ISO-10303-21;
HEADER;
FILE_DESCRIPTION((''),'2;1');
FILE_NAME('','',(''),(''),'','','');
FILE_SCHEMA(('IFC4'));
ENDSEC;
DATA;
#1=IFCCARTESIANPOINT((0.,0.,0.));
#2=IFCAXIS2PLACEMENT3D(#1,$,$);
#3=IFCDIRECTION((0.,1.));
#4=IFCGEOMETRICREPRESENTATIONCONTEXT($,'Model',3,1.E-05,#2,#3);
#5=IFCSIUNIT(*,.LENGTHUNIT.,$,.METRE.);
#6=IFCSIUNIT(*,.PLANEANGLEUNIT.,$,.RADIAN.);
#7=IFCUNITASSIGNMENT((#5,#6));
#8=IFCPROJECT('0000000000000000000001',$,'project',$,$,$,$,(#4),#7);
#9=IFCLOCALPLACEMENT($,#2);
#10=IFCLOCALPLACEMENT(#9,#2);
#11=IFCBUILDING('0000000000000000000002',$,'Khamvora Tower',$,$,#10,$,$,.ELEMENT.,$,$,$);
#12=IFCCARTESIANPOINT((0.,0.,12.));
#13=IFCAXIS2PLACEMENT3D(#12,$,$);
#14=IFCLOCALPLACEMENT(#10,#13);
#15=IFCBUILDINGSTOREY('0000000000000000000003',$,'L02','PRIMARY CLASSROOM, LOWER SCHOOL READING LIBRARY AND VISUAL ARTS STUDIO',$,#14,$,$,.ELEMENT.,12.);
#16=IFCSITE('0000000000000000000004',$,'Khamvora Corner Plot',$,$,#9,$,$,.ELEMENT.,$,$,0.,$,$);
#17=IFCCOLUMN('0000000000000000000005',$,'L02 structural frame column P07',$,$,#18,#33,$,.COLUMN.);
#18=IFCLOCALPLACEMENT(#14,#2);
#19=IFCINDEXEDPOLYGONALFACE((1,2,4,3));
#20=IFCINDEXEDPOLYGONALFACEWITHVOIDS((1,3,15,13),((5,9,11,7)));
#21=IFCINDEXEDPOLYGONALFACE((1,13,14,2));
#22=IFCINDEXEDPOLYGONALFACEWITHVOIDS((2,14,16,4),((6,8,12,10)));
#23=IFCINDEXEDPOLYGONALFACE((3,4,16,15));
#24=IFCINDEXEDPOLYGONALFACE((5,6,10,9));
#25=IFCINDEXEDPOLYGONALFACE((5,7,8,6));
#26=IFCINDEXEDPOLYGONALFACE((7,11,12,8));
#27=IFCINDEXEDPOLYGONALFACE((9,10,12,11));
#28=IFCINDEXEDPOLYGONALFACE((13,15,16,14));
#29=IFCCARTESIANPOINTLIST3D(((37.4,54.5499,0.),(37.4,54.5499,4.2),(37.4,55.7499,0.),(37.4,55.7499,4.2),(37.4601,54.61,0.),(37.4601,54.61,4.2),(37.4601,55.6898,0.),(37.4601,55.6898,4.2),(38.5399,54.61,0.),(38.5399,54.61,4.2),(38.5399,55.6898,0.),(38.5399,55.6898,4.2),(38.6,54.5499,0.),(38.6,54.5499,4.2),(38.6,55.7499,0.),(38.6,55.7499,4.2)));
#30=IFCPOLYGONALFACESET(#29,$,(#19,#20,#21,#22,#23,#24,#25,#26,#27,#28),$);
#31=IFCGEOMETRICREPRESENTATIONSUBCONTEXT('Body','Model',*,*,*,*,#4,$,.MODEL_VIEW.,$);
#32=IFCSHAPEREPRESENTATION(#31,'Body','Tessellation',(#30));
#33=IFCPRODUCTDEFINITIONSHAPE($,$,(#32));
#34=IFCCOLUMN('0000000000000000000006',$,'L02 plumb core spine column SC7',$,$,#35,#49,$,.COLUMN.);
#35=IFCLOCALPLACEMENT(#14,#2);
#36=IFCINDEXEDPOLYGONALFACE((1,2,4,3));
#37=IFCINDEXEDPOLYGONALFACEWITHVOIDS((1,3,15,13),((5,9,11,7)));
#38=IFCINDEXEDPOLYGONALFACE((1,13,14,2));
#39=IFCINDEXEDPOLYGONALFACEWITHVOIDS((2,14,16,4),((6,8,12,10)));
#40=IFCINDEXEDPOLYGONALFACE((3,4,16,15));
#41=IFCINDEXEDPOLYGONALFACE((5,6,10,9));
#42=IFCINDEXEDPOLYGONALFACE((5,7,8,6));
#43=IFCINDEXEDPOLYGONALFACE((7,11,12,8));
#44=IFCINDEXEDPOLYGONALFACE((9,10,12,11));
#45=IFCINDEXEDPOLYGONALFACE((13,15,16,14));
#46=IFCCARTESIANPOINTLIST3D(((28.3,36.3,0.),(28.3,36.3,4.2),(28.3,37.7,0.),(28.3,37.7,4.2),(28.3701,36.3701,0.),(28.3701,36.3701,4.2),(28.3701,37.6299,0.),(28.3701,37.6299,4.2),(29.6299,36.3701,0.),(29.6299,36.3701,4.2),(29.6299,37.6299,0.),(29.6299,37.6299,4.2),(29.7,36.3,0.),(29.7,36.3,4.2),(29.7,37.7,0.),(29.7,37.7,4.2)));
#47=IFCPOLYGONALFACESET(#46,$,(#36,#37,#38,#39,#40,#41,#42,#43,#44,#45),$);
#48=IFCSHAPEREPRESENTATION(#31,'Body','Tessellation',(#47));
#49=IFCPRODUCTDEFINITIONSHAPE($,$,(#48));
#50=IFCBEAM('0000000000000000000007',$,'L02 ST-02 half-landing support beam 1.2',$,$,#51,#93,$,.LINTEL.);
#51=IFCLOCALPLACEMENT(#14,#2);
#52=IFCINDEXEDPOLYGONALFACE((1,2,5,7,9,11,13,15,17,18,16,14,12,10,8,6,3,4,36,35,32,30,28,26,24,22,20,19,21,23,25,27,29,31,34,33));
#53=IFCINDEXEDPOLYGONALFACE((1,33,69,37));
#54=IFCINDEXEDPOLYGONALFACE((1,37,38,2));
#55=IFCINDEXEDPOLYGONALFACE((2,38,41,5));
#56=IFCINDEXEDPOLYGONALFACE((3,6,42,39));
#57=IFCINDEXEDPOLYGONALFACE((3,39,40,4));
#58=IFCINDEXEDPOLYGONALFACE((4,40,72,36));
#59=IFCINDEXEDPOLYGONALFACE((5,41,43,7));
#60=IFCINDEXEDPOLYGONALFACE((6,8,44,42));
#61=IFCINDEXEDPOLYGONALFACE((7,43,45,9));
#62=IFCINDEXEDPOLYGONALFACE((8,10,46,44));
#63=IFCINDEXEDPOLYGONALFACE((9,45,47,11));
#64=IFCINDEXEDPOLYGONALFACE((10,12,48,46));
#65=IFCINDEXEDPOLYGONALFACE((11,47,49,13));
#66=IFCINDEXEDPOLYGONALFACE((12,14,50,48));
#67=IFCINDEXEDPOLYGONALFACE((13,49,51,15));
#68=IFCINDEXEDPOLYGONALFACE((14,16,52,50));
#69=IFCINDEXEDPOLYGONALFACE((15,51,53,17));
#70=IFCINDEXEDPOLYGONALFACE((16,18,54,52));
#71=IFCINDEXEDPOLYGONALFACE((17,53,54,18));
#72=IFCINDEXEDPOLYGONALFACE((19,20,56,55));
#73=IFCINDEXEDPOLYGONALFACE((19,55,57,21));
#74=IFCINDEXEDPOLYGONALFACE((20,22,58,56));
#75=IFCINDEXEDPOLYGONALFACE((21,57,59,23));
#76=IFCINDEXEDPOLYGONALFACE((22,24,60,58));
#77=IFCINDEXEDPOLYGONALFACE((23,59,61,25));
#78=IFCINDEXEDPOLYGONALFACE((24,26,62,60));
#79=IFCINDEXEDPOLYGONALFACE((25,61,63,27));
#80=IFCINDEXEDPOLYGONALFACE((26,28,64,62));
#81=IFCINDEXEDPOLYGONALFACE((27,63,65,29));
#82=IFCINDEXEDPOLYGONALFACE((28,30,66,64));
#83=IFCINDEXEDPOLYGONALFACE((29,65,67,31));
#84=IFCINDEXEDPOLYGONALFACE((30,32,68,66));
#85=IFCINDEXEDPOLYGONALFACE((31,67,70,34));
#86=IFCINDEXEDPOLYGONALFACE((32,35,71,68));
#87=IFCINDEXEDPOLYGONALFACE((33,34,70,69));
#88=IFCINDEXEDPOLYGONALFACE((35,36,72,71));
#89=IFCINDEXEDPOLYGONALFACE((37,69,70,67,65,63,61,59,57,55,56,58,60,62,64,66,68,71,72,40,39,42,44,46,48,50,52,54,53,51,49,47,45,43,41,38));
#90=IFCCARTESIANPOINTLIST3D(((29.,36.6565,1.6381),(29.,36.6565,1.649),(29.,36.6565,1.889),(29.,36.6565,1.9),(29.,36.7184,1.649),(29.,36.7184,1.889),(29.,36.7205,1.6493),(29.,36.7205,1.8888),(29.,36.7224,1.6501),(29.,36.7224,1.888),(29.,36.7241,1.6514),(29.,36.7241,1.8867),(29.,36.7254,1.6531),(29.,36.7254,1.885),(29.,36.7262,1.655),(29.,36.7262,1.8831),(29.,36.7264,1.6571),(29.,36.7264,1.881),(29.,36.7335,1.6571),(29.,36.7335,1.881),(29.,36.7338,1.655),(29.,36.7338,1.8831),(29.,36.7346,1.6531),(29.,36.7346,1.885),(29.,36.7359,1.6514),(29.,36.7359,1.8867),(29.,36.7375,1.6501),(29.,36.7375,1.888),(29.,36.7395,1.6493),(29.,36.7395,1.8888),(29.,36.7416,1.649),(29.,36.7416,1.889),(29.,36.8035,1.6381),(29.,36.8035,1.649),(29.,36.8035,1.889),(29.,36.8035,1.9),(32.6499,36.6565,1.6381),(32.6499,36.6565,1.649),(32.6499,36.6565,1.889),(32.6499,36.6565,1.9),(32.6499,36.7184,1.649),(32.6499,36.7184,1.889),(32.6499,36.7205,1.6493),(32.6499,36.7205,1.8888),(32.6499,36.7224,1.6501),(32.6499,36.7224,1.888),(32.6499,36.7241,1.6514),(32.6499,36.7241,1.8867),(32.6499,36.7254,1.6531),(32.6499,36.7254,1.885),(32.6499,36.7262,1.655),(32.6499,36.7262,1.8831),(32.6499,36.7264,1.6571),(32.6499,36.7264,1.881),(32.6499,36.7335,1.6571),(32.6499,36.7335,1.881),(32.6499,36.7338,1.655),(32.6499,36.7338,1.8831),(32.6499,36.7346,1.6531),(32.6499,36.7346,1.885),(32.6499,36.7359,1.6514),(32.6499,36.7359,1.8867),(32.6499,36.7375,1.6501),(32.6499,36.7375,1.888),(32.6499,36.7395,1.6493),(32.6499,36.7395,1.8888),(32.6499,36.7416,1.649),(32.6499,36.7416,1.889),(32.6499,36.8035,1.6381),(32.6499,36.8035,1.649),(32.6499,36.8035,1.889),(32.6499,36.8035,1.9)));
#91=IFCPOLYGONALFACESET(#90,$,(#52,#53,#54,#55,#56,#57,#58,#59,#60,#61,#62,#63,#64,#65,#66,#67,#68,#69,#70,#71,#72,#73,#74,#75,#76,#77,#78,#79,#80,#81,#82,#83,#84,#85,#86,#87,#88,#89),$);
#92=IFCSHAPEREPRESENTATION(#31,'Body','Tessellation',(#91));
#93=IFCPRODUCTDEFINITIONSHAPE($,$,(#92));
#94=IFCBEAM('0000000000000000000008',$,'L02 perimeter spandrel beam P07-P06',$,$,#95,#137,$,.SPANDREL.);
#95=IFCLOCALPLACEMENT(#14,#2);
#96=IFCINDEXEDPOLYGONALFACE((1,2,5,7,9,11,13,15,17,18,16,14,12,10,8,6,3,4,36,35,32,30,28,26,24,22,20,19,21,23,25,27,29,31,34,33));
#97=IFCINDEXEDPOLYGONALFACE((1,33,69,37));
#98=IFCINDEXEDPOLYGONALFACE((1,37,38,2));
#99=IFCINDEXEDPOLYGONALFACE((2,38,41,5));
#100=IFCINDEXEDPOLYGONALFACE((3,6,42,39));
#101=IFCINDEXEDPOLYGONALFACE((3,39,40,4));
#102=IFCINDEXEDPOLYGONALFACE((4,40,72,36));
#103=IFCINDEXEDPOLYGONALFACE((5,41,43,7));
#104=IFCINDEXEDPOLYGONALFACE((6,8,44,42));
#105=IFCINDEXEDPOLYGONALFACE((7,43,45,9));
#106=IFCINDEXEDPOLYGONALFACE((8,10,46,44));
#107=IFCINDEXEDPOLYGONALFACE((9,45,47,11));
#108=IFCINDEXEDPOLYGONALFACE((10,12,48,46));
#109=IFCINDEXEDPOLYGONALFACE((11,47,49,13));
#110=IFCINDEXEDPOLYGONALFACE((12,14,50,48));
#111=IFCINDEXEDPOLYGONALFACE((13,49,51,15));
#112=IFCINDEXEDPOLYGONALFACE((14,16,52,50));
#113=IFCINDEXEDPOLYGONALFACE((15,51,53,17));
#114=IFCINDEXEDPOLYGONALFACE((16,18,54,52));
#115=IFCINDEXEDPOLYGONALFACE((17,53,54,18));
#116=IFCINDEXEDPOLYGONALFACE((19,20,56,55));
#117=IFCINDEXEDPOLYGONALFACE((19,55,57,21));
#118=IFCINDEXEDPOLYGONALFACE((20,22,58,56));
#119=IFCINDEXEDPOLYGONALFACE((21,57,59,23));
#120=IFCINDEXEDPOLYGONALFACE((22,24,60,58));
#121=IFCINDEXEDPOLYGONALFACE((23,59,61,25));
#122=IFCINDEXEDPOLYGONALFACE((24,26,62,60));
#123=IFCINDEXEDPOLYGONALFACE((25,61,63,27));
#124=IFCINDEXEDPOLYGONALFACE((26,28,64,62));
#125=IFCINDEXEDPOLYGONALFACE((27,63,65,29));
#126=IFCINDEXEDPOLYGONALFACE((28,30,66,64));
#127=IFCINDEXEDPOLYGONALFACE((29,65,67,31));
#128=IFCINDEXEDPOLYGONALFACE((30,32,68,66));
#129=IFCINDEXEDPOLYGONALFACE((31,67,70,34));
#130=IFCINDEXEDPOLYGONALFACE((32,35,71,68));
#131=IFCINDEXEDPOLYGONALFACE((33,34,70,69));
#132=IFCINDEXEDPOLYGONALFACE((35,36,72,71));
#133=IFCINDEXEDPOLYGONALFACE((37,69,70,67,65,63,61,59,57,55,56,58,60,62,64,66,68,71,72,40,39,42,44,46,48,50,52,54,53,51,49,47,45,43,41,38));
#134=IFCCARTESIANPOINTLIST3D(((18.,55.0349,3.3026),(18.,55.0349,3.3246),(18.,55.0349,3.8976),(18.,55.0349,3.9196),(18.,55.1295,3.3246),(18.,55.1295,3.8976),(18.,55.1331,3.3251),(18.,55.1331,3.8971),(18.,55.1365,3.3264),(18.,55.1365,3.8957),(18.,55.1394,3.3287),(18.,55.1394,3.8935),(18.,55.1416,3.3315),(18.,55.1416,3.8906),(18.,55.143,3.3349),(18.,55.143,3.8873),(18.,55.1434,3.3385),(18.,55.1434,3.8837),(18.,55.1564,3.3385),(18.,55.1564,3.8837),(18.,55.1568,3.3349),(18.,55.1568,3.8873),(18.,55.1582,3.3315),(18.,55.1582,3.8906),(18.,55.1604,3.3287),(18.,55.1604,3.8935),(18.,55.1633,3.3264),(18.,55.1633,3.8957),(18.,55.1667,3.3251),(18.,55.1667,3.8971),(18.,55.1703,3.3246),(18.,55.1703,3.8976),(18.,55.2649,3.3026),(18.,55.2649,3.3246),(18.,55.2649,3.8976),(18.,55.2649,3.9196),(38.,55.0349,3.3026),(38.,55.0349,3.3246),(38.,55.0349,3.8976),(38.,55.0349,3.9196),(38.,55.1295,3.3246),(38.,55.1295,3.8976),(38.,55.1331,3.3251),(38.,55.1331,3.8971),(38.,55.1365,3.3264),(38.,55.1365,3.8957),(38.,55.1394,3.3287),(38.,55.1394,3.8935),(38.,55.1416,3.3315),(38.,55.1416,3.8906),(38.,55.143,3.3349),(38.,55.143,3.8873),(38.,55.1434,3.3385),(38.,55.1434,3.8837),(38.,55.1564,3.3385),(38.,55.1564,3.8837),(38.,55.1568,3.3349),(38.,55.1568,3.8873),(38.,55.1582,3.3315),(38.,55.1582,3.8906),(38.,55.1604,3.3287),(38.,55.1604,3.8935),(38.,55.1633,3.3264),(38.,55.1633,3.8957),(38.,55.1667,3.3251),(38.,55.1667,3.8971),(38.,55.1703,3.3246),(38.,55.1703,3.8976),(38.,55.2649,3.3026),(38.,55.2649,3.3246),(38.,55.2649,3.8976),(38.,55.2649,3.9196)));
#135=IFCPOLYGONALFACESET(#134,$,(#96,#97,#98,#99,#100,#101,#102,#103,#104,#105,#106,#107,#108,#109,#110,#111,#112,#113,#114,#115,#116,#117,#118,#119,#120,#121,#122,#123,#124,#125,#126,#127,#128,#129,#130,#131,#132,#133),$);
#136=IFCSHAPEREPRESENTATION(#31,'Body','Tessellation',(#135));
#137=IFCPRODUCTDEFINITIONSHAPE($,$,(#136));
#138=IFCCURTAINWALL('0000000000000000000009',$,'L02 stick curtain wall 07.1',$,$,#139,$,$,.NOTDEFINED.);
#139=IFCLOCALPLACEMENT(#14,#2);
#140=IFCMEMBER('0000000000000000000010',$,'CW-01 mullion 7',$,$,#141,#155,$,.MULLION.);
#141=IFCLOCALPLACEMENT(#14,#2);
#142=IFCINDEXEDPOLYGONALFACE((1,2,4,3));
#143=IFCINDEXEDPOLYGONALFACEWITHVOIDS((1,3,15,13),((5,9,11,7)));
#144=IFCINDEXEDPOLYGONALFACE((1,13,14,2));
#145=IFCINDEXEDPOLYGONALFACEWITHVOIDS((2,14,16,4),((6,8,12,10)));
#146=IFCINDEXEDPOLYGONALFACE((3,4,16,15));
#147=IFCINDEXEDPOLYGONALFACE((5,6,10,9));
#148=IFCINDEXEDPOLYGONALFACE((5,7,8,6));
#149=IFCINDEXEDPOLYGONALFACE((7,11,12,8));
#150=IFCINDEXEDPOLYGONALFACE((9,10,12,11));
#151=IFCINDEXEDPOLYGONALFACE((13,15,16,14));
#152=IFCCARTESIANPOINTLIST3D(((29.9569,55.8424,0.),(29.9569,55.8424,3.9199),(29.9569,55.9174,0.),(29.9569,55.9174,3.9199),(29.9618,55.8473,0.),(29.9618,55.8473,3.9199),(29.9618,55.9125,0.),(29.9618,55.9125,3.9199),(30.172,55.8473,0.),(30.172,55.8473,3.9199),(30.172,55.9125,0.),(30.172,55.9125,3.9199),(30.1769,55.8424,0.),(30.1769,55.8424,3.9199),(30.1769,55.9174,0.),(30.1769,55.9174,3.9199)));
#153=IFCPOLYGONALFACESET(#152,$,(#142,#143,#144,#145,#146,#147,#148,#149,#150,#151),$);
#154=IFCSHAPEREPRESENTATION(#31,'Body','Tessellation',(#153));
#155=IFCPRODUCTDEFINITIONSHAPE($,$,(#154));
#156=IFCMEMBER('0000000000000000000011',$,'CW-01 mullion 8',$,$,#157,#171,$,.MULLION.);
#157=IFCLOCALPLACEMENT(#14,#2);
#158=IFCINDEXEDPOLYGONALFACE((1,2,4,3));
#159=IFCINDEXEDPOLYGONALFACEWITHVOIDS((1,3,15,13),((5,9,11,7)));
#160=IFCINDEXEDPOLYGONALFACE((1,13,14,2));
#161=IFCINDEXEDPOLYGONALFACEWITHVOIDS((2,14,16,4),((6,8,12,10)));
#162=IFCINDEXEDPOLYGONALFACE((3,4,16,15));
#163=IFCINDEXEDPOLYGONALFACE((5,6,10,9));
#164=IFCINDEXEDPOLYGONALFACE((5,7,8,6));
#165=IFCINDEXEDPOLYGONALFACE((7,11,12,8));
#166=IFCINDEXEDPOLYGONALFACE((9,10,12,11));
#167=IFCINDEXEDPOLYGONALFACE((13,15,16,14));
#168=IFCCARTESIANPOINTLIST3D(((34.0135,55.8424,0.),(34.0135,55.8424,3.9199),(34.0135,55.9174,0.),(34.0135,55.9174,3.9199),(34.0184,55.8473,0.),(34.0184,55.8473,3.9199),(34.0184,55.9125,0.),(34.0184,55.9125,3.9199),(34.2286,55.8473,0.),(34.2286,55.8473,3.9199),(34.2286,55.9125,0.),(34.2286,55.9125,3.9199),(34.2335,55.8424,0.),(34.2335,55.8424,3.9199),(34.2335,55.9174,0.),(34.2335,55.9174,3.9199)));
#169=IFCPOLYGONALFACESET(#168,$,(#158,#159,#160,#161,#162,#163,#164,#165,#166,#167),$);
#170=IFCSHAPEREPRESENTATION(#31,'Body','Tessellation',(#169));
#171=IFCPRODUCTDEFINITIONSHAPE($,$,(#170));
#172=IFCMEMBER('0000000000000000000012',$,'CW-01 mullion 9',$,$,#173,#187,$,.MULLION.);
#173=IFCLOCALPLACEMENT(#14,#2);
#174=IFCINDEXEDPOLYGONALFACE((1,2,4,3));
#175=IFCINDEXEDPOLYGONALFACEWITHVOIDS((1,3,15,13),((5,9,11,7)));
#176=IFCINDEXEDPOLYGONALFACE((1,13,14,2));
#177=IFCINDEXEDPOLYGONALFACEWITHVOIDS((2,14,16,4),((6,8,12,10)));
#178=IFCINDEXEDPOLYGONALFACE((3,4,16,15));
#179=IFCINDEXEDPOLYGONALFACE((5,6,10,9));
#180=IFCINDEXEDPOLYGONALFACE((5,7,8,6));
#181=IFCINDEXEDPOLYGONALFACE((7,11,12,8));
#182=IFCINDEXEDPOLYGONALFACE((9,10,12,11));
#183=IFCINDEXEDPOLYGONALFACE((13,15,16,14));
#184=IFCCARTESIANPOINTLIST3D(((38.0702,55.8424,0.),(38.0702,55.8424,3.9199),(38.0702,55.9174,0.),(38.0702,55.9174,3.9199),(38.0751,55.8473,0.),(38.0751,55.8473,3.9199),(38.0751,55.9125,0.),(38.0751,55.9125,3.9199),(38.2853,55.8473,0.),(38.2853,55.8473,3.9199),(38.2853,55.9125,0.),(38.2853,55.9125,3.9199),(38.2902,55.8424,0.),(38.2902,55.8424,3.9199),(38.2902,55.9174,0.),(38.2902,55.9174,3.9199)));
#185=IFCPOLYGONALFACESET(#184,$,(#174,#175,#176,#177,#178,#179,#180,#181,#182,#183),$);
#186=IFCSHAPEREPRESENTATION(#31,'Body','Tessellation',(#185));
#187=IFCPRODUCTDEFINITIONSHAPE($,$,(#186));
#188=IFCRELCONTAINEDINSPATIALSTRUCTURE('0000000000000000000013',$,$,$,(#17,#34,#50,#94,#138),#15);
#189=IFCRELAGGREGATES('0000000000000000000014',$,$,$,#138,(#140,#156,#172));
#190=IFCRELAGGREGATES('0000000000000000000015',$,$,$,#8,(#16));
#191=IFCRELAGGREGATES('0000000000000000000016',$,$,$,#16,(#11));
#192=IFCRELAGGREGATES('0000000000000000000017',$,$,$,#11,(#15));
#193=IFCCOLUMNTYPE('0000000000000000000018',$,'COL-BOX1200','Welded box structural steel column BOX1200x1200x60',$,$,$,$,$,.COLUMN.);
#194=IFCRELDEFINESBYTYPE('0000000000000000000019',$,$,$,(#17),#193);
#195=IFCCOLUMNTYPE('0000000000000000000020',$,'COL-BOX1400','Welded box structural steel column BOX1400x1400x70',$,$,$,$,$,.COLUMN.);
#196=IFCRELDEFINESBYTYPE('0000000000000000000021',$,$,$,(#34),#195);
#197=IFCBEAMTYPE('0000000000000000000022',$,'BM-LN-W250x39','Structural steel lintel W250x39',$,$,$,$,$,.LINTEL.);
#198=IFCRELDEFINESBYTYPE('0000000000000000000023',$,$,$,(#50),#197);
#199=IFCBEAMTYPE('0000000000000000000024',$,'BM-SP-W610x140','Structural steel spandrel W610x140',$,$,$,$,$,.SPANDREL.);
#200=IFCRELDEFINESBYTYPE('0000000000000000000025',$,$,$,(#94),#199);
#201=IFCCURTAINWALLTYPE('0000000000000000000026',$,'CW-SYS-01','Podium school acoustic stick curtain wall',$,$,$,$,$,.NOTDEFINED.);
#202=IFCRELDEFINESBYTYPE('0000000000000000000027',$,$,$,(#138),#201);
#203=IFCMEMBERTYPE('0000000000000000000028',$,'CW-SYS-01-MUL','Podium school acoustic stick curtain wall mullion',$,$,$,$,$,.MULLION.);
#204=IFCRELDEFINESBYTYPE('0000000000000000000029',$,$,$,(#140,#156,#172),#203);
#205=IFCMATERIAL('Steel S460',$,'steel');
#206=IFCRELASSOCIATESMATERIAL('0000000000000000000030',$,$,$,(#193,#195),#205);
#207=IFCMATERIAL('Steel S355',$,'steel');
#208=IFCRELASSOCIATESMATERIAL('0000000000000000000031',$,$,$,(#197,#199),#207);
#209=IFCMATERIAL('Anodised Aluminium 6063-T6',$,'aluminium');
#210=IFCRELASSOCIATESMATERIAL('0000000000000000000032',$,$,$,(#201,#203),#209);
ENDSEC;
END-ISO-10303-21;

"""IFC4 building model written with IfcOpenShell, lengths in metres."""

from ifc_helpers import new_model, si_unit, direction, frame, origin, origin_2d, place, context, subcontext, project, spatial, hollow_rectangle, i_section, extrude, material, material_profile, profile_set, type_object, element, aggregate, save


model = new_model("IFC4")

# Units and contexts
model_context = context("Model", 3, precision=1e-05, world=origin(), true_north=direction((0.0, 1.0)))
body_context = subcontext(model_context, "Body", "Model", "MODEL_VIEW")
ifc_project = project(units=[si_unit("LENGTHUNIT", "METRE"), si_unit("PLANEANGLEUNIT", "RADIAN")], contexts=[model_context])

# Site, building, storey
site_placement = place(None, origin())
site = spatial("IfcSite", under=ifc_project, at=site_placement, Name="Khamvora Corner Plot", CompositionType="ELEMENT", RefElevation=0.0)
building_placement = place(site_placement, origin())
building = spatial("IfcBuilding", under=site, at=building_placement, Name="Khamvora Tower", CompositionType="ELEMENT")
storey_placement = place(building_placement, frame((0.0, 0.0, 12.0)))
storey = spatial("IfcBuildingStorey", under=building, at=storey_placement, Name="L02", Description="PRIMARY CLASSROOM, LOWER SCHOOL READING LIBRARY AND VISUAL ARTS STUDIO", CompositionType="ELEMENT", Elevation=12.0)

# Columns
ifc_material_1 = material(Name="Steel S460", Category="steel")
ifc_material_profile_1 = material_profile(ifc_material_1, hollow_rectangle(XDim=1.2, YDim=1.2, WallThickness=0.0601, at=origin_2d()), Name="BOX1200x1200x60")
ifc_profile_set_1 = profile_set([ifc_material_profile_1], Name="Steel S460")
column_type_1 = type_object("IfcColumnType", Name="COL-BOX1200", Description="Welded box structural steel column BOX1200x1200x60", PredefinedType="COLUMN", material=ifc_profile_set_1)
column_1_placement = place(storey_placement, frame((38.0, 55.1499, 0.0), z_axis=(0.0, 0.0, 1.0), x_axis=(1.0, 0.0, 0.0)))
element("IfcColumn", 1, at=column_1_placement, inside=storey, type_object=column_type_1, Name="L02 structural frame column P07", PredefinedType="COLUMN", context=body_context, shape_type="SweptSolid", body=[
    extrude(hollow_rectangle(XDim=1.2, YDim=1.2, WallThickness=0.0601, at=origin_2d()), origin(), (0.0, 0.0, 1.0), 4.2),
])
ifc_material_profile_2 = material_profile(ifc_material_1, hollow_rectangle(XDim=1.3999, YDim=1.3999, WallThickness=0.0701, at=origin_2d()), Name="BOX1400x1400x70")
ifc_profile_set_2 = profile_set([ifc_material_profile_2], Name="Steel S460")
column_type_2 = type_object("IfcColumnType", Name="COL-BOX1400", Description="Welded box structural steel column BOX1400x1400x70", PredefinedType="COLUMN", material=ifc_profile_set_2)
column_2_placement = place(storey_placement, frame((29.0, 37.0, 0.0), z_axis=(0.0, 0.0, 1.0), x_axis=(1.0, 0.0, 0.0)))
element("IfcColumn", 2, at=column_2_placement, inside=storey, type_object=column_type_2, Name="L02 plumb core spine column SC7", PredefinedType="COLUMN", context=body_context, shape_type="SweptSolid", body=[
    extrude(hollow_rectangle(XDim=1.3999, YDim=1.3999, WallThickness=0.0701, at=origin_2d()), origin(), (0.0, 0.0, 1.0), 4.2),
])

# Beams
ifc_material_2 = material(Name="Steel S355", Category="steel")
ifc_material_profile_3 = material_profile(ifc_material_2, i_section(OverallWidth=0.147, OverallDepth=0.262, WebThickness=0.0071, FlangeThickness=0.011, FilletRadius=0.0081, at=origin_2d()), Name="W250x39")
ifc_profile_set_3 = profile_set([ifc_material_profile_3], Name="Steel S355")
beam_type_1 = type_object("IfcBeamType", Name="BM-LN-W250x39", Description="Structural steel lintel W250x39", PredefinedType="LINTEL", material=ifc_profile_set_3)
beam_1_placement = place(storey_placement, frame((29.0, 36.73, 1.769), z_axis=(1.0, 0.0, 0.0), x_axis=(0.0, 1.0, 0.0)))
element("IfcBeam", 3, at=beam_1_placement, inside=storey, type_object=beam_type_1, Name="L02 ST-02 half-landing support beam 1.2", PredefinedType="LINTEL", context=body_context, shape_type="SweptSolid", body=[
    extrude(i_section(OverallWidth=0.147, OverallDepth=0.262, WebThickness=0.0071, FlangeThickness=0.011, FilletRadius=0.0081, at=origin_2d()), origin(), (0.0, 0.0, 1.0), 3.6499),
])
ifc_material_profile_4 = material_profile(ifc_material_2, i_section(OverallWidth=0.23, OverallDepth=0.6169, WebThickness=0.0129, FlangeThickness=0.022, FilletRadius=0.0139, at=origin_2d()), Name="W610x140")
ifc_profile_set_4 = profile_set([ifc_material_profile_4], Name="Steel S355")
beam_type_2 = type_object("IfcBeamType", Name="BM-SP-W610x140", Description="Structural steel spandrel W610x140", PredefinedType="SPANDREL", material=ifc_profile_set_4)
beam_2_placement = place(storey_placement, frame((38.0, 55.1499, 3.6111), z_axis=(-1.0, 0.0, 0.0), x_axis=(0.0, -1.0, 0.0)))
element("IfcBeam", 4, at=beam_2_placement, inside=storey, type_object=beam_type_2, Name="L02 perimeter spandrel beam P07-P06", PredefinedType="SPANDREL", context=body_context, shape_type="SweptSolid", body=[
    extrude(i_section(OverallWidth=0.23, OverallDepth=0.6169, WebThickness=0.0129, FlangeThickness=0.022, FilletRadius=0.0139, at=origin_2d()), origin(), (0.0, 0.0, 1.0), 20.0),
])

# Curtain wall, members
ifc_material_3 = material(Name="Anodised Aluminium 6063-T6", Category="aluminium")
curtain_wall_type = type_object("IfcCurtainWallType", Name="CW-SYS-01", Description="Podium school acoustic stick curtain wall", PredefinedType="NOTDEFINED", material=ifc_material_3)
curtain_wall_placement = place(storey_placement, origin())
curtain_wall = element("IfcCurtainWall", 5, at=curtain_wall_placement, inside=storey, type_object=curtain_wall_type, Name="L02 stick curtain wall 07.1", PredefinedType="NOTDEFINED")
ifc_material_profile_5 = material_profile(ifc_material_3, hollow_rectangle(XDim=0.075, YDim=0.22, WallThickness=0.0049, at=origin_2d()), Name="MUL75x220x5")
ifc_profile_set_5 = profile_set([ifc_material_profile_5], Name="Anodised Aluminium 6063-T6")
member_type_1 = type_object("IfcMemberType", Name="CW-SYS-01-MUL", Description="Podium school acoustic stick curtain wall mullion", PredefinedType="MULLION", material=ifc_profile_set_5)
member_1_placement = place(storey_placement, frame((30.0669, 55.8799, 0.0), z_axis=(0.0, 0.0, 1.0), x_axis=(0.0, 1.0, 0.0)))
member_1 = element("IfcMember", 6, at=member_1_placement, type_object=member_type_1, Name="CW-01 mullion 7", PredefinedType="MULLION", context=body_context, shape_type="SweptSolid", body=[
    extrude(hollow_rectangle(XDim=0.075, YDim=0.22, WallThickness=0.0049, at=origin_2d()), origin(), (0.0, 0.0, 1.0), 3.9199),
])
member_2_placement = place(storey_placement, frame((34.1235, 55.8799, 0.0), z_axis=(0.0, 0.0, 1.0), x_axis=(0.0, 1.0, 0.0)))
member_2 = element("IfcMember", 7, at=member_2_placement, type_object=member_type_1, Name="CW-01 mullion 8", PredefinedType="MULLION", context=body_context, shape_type="SweptSolid", body=[
    extrude(hollow_rectangle(XDim=0.075, YDim=0.22, WallThickness=0.0049, at=origin_2d()), origin(), (0.0, 0.0, 1.0), 3.9199),
])
member_3_placement = place(storey_placement, frame((38.1802, 55.8799, 0.0), z_axis=(0.0, 0.0, 1.0), x_axis=(0.0, 1.0, 0.0)))
member_3 = element("IfcMember", 8, at=member_3_placement, type_object=member_type_1, Name="CW-01 mullion 9", PredefinedType="MULLION", context=body_context, shape_type="SweptSolid", body=[
    extrude(hollow_rectangle(XDim=0.075, YDim=0.22, WallThickness=0.0049, at=origin_2d()), origin(), (0.0, 0.0, 1.0), 3.9199),
])
aggregate(curtain_wall, [member_1, member_2, member_3])

save(model, "model.ifc")
